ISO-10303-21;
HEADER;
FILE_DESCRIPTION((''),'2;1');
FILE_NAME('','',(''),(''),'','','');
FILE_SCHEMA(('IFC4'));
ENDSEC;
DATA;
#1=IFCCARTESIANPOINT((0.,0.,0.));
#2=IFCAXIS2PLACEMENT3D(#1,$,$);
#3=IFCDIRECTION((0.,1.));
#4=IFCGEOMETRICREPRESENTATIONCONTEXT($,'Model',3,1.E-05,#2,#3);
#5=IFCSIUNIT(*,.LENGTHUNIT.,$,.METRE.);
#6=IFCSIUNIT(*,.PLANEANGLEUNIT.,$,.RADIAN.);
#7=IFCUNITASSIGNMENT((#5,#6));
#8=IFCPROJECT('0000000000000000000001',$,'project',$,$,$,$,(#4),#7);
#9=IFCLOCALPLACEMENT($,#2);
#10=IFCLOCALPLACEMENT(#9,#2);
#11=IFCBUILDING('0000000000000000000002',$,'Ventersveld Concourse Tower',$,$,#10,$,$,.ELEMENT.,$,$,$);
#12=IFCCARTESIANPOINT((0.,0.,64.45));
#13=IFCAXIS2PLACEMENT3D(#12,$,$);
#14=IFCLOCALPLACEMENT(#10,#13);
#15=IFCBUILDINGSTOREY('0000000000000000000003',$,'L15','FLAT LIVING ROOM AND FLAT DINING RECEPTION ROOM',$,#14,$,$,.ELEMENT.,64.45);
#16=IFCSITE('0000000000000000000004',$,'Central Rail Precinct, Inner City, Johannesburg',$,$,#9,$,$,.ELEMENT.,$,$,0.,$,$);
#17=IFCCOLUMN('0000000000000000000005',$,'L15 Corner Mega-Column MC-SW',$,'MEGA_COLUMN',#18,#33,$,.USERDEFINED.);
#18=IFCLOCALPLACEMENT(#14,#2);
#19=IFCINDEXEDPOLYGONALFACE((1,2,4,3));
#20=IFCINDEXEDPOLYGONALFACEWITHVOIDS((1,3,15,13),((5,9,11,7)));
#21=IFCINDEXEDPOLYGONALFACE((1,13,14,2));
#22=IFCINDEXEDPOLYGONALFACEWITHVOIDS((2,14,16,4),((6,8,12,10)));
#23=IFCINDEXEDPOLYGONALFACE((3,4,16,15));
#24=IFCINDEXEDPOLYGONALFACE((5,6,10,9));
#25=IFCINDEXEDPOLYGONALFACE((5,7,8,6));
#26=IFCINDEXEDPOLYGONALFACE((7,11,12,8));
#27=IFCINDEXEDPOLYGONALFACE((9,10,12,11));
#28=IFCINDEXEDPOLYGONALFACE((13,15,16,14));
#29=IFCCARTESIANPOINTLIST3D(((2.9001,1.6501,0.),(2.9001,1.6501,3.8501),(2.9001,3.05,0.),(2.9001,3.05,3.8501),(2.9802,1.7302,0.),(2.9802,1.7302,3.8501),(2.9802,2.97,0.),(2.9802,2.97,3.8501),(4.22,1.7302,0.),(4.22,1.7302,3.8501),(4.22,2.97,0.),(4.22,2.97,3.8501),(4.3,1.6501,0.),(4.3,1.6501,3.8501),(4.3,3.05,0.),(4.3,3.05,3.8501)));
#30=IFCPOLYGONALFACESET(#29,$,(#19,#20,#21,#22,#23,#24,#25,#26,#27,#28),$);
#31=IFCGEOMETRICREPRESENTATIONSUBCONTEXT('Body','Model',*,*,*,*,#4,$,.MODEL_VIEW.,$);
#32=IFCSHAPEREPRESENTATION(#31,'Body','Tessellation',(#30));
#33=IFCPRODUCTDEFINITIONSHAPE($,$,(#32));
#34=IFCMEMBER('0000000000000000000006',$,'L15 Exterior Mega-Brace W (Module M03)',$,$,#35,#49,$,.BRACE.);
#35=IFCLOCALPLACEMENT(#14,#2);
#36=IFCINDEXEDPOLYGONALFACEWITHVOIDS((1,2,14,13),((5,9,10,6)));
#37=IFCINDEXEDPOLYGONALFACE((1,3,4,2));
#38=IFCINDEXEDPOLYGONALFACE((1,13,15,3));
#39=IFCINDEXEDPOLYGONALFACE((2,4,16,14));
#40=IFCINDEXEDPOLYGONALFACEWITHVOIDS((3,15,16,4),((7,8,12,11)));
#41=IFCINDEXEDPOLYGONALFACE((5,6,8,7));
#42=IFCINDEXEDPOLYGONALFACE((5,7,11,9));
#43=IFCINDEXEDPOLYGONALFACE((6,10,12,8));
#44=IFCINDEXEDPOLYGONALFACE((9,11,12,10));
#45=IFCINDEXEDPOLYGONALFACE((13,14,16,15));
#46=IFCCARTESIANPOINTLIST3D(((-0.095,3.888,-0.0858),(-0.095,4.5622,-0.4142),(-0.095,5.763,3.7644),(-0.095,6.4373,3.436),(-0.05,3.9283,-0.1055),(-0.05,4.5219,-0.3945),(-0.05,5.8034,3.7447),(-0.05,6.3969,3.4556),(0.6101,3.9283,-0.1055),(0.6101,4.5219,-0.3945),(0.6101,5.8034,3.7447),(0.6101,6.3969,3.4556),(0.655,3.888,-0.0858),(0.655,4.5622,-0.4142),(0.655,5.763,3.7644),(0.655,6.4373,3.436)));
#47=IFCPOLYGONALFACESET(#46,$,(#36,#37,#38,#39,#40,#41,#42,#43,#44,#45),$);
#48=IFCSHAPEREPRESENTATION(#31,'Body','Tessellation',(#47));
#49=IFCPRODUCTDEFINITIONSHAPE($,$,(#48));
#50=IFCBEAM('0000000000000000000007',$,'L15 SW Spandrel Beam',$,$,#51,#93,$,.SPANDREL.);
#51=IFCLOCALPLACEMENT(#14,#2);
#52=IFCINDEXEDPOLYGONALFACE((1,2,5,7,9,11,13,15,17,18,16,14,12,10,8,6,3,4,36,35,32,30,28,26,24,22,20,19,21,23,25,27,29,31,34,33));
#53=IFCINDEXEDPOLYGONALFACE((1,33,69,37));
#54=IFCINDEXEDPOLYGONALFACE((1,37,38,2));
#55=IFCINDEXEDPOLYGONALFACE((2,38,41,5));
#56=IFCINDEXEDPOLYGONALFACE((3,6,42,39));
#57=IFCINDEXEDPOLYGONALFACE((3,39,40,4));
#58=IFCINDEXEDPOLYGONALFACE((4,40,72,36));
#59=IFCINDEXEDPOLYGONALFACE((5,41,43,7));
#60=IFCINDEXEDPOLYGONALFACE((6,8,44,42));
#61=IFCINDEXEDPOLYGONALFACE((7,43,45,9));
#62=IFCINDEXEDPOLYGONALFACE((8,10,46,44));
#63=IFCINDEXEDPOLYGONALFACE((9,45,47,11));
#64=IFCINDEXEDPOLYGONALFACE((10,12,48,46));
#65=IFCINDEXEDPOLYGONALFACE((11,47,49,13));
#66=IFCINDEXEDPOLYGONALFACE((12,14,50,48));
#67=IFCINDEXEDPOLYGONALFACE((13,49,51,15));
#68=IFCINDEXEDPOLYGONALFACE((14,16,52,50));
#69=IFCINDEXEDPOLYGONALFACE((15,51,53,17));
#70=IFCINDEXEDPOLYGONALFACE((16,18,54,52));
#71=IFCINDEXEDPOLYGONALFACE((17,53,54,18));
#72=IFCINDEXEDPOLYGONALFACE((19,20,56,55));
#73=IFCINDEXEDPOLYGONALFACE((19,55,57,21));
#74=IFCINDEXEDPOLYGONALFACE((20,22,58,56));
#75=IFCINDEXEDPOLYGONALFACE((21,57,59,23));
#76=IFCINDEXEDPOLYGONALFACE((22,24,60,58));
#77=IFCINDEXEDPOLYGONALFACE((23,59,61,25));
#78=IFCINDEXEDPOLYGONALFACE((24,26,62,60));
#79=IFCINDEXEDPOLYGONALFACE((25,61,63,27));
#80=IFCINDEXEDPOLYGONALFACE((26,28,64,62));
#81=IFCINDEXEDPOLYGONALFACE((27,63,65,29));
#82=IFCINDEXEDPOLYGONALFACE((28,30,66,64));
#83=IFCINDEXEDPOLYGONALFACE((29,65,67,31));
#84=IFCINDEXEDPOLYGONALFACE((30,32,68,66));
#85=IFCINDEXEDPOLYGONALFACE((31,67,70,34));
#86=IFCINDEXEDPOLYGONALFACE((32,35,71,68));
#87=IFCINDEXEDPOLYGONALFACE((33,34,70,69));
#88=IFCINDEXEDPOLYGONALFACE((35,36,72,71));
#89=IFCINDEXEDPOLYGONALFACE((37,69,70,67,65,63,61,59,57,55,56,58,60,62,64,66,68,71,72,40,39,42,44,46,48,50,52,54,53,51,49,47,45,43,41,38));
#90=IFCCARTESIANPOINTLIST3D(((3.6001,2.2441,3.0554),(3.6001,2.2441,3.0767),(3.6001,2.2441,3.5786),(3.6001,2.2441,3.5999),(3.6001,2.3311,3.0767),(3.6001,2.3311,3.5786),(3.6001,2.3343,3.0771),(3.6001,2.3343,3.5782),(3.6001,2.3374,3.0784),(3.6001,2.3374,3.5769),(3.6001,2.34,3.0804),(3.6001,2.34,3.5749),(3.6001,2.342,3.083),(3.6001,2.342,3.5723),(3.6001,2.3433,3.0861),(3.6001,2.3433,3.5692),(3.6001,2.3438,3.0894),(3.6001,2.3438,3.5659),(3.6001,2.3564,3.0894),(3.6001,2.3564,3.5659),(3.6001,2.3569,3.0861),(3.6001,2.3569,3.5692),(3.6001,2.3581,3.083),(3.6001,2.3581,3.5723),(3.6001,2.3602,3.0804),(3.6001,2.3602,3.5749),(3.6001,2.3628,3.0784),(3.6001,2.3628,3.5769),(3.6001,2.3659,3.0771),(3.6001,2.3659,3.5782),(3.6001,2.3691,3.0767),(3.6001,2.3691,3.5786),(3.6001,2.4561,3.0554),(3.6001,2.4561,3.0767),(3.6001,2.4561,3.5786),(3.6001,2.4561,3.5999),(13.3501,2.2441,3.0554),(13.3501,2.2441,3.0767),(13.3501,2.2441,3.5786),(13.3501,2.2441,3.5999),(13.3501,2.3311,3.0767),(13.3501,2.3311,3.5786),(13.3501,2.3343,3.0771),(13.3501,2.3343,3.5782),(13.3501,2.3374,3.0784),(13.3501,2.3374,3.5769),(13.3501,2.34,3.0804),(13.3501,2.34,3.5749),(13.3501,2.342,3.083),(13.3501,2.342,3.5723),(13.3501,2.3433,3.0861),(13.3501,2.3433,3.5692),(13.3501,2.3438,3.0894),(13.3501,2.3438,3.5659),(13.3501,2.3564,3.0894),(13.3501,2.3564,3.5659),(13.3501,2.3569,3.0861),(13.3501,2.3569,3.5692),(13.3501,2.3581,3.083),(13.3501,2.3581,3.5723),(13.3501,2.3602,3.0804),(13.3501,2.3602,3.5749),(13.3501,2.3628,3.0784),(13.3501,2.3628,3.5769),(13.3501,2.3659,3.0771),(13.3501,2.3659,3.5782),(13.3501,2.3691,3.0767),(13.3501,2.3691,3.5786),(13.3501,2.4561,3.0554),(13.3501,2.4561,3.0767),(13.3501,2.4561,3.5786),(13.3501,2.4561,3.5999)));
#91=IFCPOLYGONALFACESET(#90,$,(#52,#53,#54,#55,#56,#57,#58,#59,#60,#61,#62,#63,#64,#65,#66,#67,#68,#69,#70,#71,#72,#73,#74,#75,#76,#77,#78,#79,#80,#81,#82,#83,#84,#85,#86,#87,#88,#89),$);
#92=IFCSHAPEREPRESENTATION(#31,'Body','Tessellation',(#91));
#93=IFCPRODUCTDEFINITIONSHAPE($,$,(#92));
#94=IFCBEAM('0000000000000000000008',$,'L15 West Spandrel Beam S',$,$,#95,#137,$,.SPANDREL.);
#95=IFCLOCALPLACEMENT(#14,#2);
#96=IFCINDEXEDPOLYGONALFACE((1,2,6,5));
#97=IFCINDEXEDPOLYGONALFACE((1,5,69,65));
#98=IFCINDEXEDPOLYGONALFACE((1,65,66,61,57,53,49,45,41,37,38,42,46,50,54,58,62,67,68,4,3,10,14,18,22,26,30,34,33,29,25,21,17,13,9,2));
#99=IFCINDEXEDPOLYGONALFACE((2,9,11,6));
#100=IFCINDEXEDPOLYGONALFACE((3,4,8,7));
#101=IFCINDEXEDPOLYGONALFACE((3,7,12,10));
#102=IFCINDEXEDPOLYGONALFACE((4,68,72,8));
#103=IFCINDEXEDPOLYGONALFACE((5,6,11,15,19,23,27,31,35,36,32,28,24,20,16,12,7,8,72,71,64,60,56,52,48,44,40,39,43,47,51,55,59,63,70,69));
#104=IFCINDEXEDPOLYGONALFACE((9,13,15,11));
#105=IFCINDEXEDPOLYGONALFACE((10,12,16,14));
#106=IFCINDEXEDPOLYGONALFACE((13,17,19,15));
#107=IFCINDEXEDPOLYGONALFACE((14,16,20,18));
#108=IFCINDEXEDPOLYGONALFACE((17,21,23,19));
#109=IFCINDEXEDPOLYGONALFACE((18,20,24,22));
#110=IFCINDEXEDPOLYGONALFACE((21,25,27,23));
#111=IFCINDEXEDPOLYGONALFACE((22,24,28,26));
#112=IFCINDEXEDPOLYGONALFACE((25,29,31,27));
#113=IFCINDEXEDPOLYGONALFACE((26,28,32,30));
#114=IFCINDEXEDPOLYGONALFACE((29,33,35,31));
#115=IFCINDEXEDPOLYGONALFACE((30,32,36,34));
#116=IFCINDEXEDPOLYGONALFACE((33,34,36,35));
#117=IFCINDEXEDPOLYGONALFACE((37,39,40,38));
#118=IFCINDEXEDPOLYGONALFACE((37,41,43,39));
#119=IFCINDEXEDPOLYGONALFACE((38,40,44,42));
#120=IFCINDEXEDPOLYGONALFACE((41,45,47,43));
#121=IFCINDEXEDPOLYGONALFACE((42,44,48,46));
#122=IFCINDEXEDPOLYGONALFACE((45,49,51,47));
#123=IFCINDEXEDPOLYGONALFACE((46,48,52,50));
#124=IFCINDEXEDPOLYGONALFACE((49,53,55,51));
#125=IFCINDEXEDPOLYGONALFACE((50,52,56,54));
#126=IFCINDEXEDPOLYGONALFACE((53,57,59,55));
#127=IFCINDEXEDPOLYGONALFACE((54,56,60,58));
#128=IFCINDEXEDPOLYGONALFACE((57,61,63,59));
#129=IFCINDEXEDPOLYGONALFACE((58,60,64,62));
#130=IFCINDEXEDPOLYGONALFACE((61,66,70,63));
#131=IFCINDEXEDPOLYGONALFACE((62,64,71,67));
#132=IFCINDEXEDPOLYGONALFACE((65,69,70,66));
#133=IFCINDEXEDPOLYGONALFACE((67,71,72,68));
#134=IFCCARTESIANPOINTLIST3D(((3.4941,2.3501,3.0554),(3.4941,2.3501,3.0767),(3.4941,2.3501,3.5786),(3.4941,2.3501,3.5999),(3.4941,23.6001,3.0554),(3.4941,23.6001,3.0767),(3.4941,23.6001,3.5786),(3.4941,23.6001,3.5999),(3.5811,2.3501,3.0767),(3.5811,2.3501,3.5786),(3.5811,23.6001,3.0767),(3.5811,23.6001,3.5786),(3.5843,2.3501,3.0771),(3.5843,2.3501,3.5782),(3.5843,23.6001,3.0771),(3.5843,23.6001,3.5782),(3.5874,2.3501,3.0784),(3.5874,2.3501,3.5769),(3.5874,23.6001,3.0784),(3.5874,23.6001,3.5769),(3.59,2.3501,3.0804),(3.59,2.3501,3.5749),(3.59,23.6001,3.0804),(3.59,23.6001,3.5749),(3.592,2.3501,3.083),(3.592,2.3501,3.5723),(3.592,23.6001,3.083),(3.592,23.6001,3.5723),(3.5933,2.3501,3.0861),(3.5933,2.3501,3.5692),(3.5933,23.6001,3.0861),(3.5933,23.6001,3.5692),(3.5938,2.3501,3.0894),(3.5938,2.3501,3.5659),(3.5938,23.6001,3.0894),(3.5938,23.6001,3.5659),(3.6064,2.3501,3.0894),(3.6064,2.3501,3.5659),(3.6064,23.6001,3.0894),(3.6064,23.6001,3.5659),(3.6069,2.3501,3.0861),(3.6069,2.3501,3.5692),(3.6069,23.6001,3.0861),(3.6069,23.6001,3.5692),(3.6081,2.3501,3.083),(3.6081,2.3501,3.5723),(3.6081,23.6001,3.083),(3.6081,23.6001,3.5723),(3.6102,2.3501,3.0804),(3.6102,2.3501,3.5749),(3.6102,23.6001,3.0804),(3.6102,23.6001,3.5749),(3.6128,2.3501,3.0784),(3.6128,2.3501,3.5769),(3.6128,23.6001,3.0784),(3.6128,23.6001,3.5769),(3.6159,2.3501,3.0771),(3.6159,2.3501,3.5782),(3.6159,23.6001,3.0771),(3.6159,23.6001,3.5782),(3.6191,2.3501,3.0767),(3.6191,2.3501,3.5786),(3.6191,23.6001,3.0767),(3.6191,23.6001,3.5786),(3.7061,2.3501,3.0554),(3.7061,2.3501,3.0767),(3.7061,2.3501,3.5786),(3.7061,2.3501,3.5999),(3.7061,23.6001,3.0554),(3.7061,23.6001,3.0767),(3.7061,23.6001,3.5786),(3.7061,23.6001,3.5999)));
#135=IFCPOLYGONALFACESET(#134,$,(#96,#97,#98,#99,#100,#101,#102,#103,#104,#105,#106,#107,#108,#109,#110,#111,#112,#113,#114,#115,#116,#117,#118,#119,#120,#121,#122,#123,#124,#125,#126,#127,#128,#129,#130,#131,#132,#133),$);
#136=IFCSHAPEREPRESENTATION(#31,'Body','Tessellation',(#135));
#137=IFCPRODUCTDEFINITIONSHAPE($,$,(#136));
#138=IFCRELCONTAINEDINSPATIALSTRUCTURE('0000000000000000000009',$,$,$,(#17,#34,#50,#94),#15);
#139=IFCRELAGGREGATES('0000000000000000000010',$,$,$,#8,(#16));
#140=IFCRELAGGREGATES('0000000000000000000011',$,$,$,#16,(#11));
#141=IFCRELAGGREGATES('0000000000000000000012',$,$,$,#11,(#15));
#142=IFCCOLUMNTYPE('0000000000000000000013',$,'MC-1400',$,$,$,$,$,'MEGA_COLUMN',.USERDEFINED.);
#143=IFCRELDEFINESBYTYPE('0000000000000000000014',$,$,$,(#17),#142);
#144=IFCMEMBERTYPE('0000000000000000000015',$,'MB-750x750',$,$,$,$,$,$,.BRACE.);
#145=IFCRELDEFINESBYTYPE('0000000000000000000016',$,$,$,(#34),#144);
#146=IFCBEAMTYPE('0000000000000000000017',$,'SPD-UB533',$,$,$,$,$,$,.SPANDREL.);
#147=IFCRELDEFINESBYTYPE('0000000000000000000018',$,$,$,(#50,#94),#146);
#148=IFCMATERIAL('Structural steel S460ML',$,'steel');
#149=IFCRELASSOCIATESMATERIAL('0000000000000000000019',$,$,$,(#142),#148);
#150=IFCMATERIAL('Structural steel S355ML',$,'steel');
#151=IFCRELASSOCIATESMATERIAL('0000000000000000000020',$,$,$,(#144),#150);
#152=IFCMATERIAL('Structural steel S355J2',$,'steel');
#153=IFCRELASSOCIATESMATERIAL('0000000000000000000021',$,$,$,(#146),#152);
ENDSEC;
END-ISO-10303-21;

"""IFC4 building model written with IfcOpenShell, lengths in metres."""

from ifc_helpers import new_model, si_unit, direction, frame, origin, origin_2d, place, context, subcontext, project, spatial, hollow_rectangle, i_section, extrude, material, material_profile, profile_set, type_object, element, save


model = new_model("IFC4")

# Units and contexts
model_context = context("Model", 3, precision=1e-05, world=origin(), true_north=direction((0.0, 1.0)))
body_context = subcontext(model_context, "Body", "Model", "MODEL_VIEW")
ifc_project = project(units=[si_unit("LENGTHUNIT", "METRE"), si_unit("PLANEANGLEUNIT", "RADIAN")], contexts=[model_context])

# Site, building, storey
site_placement = place(None, origin())
site = spatial("IfcSite", under=ifc_project, at=site_placement, Name="Central Rail Precinct, Inner City, Johannesburg", CompositionType="ELEMENT", RefElevation=0.0)
building_placement = place(site_placement, origin())
building = spatial("IfcBuilding", under=site, at=building_placement, Name="Ventersveld Concourse Tower", CompositionType="ELEMENT")
storey_placement = place(building_placement, frame((0.0, 0.0, 64.45)))
storey = spatial("IfcBuildingStorey", under=building, at=storey_placement, Name="L15", Description="FLAT LIVING ROOM AND FLAT DINING RECEPTION ROOM", CompositionType="ELEMENT", Elevation=64.45)

# Column
ifc_material_1 = material(Name="Structural steel S460ML", Category="steel")
ifc_material_profile_1 = material_profile(ifc_material_1, hollow_rectangle(XDim=1.3999, YDim=1.3999, WallThickness=0.0801, at=origin_2d()), Name="BOX 1400x1400x80")
ifc_profile_set_1 = profile_set([ifc_material_profile_1], Name="Structural steel S460ML")
column_type = type_object("IfcColumnType", Name="MC-1400", ElementType="MEGA_COLUMN", PredefinedType="USERDEFINED", material=ifc_profile_set_1)
column_placement = place(storey_placement, frame((3.6001, 2.3501, 0.0), z_axis=(0.0, 0.0, 1.0), x_axis=(1.0, 0.0, 0.0)))
element("IfcColumn", 1, at=column_placement, inside=storey, type_object=column_type, Name="L15 Corner Mega-Column MC-SW", ObjectType="MEGA_COLUMN", PredefinedType="USERDEFINED", context=body_context, shape_type="SweptSolid", body=[
    extrude(hollow_rectangle(XDim=1.3999, YDim=1.3999, WallThickness=0.0801, at=origin_2d()), origin(), (0.0, 0.0, 1.0), 3.8501),
])

# Member
ifc_material_2 = material(Name="Structural steel S355ML", Category="steel")
ifc_material_profile_2 = material_profile(ifc_material_2, hollow_rectangle(XDim=0.75, YDim=0.75, WallThickness=0.0449, at=origin_2d()), Name="BOX 750x750x45")
ifc_profile_set_2 = profile_set([ifc_material_profile_2], Name="Structural steel S355ML")
member_type = type_object("IfcMemberType", Name="MB-750x750", PredefinedType="BRACE", material=ifc_profile_set_2)
member_placement = place(storey_placement, frame((0.28, 4.2251, -0.25), z_axis=(0.0, 0.437839, 0.899053), x_axis=(-1.0, 0.0, 0.0)))
element("IfcMember", 2, at=member_placement, inside=storey, type_object=member_type, Name="L15 Exterior Mega-Brace W (Module M03)", PredefinedType="BRACE", context=body_context, shape_type="SweptSolid", body=[
    extrude(hollow_rectangle(XDim=0.75, YDim=0.75, WallThickness=0.0449, at=origin_2d()), origin(), (0.0, 0.0, 1.0), 4.2825),
])

# Beams
ifc_material_3 = material(Name="Structural steel S355J2", Category="steel")
ifc_material_profile_3 = material_profile(ifc_material_3, i_section(OverallWidth=0.2119, OverallDepth=0.5444, WebThickness=0.0127, FlangeThickness=0.0212, FilletRadius=0.0127, at=origin_2d()), Name="UB 533x210x122")
ifc_profile_set_3 = profile_set([ifc_material_profile_3], Name="Structural steel S355J2")
beam_type = type_object("IfcBeamType", Name="SPD-UB533", PredefinedType="SPANDREL", material=ifc_profile_set_3)
beam_1_placement = place(storey_placement, frame((3.6001, 2.3501, 3.3276), z_axis=(1.0, 0.0, 0.0), x_axis=(0.0, 1.0, 0.0)))
element("IfcBeam", 3, at=beam_1_placement, inside=storey, type_object=beam_type, Name="L15 SW Spandrel Beam", PredefinedType="SPANDREL", context=body_context, shape_type="SweptSolid", body=[
    extrude(i_section(OverallWidth=0.2119, OverallDepth=0.5444, WebThickness=0.0127, FlangeThickness=0.0212, FilletRadius=0.0127, at=origin_2d()), origin(), (0.0, 0.0, 1.0), 9.75),
])
beam_2_placement = place(storey_placement, frame((3.6001, 2.3501, 3.3276), z_axis=(0.0, 1.0, 0.0), x_axis=(-1.0, 0.0, 0.0)))
element("IfcBeam", 4, at=beam_2_placement, inside=storey, type_object=beam_type, Name="L15 West Spandrel Beam S", PredefinedType="SPANDREL", context=body_context, shape_type="SweptSolid", body=[
    extrude(i_section(OverallWidth=0.2119, OverallDepth=0.5444, WebThickness=0.0127, FlangeThickness=0.0212, FilletRadius=0.0127, at=origin_2d()), origin(), (0.0, 0.0, 1.0), 21.25),
])

save(model, "model.ifc")
